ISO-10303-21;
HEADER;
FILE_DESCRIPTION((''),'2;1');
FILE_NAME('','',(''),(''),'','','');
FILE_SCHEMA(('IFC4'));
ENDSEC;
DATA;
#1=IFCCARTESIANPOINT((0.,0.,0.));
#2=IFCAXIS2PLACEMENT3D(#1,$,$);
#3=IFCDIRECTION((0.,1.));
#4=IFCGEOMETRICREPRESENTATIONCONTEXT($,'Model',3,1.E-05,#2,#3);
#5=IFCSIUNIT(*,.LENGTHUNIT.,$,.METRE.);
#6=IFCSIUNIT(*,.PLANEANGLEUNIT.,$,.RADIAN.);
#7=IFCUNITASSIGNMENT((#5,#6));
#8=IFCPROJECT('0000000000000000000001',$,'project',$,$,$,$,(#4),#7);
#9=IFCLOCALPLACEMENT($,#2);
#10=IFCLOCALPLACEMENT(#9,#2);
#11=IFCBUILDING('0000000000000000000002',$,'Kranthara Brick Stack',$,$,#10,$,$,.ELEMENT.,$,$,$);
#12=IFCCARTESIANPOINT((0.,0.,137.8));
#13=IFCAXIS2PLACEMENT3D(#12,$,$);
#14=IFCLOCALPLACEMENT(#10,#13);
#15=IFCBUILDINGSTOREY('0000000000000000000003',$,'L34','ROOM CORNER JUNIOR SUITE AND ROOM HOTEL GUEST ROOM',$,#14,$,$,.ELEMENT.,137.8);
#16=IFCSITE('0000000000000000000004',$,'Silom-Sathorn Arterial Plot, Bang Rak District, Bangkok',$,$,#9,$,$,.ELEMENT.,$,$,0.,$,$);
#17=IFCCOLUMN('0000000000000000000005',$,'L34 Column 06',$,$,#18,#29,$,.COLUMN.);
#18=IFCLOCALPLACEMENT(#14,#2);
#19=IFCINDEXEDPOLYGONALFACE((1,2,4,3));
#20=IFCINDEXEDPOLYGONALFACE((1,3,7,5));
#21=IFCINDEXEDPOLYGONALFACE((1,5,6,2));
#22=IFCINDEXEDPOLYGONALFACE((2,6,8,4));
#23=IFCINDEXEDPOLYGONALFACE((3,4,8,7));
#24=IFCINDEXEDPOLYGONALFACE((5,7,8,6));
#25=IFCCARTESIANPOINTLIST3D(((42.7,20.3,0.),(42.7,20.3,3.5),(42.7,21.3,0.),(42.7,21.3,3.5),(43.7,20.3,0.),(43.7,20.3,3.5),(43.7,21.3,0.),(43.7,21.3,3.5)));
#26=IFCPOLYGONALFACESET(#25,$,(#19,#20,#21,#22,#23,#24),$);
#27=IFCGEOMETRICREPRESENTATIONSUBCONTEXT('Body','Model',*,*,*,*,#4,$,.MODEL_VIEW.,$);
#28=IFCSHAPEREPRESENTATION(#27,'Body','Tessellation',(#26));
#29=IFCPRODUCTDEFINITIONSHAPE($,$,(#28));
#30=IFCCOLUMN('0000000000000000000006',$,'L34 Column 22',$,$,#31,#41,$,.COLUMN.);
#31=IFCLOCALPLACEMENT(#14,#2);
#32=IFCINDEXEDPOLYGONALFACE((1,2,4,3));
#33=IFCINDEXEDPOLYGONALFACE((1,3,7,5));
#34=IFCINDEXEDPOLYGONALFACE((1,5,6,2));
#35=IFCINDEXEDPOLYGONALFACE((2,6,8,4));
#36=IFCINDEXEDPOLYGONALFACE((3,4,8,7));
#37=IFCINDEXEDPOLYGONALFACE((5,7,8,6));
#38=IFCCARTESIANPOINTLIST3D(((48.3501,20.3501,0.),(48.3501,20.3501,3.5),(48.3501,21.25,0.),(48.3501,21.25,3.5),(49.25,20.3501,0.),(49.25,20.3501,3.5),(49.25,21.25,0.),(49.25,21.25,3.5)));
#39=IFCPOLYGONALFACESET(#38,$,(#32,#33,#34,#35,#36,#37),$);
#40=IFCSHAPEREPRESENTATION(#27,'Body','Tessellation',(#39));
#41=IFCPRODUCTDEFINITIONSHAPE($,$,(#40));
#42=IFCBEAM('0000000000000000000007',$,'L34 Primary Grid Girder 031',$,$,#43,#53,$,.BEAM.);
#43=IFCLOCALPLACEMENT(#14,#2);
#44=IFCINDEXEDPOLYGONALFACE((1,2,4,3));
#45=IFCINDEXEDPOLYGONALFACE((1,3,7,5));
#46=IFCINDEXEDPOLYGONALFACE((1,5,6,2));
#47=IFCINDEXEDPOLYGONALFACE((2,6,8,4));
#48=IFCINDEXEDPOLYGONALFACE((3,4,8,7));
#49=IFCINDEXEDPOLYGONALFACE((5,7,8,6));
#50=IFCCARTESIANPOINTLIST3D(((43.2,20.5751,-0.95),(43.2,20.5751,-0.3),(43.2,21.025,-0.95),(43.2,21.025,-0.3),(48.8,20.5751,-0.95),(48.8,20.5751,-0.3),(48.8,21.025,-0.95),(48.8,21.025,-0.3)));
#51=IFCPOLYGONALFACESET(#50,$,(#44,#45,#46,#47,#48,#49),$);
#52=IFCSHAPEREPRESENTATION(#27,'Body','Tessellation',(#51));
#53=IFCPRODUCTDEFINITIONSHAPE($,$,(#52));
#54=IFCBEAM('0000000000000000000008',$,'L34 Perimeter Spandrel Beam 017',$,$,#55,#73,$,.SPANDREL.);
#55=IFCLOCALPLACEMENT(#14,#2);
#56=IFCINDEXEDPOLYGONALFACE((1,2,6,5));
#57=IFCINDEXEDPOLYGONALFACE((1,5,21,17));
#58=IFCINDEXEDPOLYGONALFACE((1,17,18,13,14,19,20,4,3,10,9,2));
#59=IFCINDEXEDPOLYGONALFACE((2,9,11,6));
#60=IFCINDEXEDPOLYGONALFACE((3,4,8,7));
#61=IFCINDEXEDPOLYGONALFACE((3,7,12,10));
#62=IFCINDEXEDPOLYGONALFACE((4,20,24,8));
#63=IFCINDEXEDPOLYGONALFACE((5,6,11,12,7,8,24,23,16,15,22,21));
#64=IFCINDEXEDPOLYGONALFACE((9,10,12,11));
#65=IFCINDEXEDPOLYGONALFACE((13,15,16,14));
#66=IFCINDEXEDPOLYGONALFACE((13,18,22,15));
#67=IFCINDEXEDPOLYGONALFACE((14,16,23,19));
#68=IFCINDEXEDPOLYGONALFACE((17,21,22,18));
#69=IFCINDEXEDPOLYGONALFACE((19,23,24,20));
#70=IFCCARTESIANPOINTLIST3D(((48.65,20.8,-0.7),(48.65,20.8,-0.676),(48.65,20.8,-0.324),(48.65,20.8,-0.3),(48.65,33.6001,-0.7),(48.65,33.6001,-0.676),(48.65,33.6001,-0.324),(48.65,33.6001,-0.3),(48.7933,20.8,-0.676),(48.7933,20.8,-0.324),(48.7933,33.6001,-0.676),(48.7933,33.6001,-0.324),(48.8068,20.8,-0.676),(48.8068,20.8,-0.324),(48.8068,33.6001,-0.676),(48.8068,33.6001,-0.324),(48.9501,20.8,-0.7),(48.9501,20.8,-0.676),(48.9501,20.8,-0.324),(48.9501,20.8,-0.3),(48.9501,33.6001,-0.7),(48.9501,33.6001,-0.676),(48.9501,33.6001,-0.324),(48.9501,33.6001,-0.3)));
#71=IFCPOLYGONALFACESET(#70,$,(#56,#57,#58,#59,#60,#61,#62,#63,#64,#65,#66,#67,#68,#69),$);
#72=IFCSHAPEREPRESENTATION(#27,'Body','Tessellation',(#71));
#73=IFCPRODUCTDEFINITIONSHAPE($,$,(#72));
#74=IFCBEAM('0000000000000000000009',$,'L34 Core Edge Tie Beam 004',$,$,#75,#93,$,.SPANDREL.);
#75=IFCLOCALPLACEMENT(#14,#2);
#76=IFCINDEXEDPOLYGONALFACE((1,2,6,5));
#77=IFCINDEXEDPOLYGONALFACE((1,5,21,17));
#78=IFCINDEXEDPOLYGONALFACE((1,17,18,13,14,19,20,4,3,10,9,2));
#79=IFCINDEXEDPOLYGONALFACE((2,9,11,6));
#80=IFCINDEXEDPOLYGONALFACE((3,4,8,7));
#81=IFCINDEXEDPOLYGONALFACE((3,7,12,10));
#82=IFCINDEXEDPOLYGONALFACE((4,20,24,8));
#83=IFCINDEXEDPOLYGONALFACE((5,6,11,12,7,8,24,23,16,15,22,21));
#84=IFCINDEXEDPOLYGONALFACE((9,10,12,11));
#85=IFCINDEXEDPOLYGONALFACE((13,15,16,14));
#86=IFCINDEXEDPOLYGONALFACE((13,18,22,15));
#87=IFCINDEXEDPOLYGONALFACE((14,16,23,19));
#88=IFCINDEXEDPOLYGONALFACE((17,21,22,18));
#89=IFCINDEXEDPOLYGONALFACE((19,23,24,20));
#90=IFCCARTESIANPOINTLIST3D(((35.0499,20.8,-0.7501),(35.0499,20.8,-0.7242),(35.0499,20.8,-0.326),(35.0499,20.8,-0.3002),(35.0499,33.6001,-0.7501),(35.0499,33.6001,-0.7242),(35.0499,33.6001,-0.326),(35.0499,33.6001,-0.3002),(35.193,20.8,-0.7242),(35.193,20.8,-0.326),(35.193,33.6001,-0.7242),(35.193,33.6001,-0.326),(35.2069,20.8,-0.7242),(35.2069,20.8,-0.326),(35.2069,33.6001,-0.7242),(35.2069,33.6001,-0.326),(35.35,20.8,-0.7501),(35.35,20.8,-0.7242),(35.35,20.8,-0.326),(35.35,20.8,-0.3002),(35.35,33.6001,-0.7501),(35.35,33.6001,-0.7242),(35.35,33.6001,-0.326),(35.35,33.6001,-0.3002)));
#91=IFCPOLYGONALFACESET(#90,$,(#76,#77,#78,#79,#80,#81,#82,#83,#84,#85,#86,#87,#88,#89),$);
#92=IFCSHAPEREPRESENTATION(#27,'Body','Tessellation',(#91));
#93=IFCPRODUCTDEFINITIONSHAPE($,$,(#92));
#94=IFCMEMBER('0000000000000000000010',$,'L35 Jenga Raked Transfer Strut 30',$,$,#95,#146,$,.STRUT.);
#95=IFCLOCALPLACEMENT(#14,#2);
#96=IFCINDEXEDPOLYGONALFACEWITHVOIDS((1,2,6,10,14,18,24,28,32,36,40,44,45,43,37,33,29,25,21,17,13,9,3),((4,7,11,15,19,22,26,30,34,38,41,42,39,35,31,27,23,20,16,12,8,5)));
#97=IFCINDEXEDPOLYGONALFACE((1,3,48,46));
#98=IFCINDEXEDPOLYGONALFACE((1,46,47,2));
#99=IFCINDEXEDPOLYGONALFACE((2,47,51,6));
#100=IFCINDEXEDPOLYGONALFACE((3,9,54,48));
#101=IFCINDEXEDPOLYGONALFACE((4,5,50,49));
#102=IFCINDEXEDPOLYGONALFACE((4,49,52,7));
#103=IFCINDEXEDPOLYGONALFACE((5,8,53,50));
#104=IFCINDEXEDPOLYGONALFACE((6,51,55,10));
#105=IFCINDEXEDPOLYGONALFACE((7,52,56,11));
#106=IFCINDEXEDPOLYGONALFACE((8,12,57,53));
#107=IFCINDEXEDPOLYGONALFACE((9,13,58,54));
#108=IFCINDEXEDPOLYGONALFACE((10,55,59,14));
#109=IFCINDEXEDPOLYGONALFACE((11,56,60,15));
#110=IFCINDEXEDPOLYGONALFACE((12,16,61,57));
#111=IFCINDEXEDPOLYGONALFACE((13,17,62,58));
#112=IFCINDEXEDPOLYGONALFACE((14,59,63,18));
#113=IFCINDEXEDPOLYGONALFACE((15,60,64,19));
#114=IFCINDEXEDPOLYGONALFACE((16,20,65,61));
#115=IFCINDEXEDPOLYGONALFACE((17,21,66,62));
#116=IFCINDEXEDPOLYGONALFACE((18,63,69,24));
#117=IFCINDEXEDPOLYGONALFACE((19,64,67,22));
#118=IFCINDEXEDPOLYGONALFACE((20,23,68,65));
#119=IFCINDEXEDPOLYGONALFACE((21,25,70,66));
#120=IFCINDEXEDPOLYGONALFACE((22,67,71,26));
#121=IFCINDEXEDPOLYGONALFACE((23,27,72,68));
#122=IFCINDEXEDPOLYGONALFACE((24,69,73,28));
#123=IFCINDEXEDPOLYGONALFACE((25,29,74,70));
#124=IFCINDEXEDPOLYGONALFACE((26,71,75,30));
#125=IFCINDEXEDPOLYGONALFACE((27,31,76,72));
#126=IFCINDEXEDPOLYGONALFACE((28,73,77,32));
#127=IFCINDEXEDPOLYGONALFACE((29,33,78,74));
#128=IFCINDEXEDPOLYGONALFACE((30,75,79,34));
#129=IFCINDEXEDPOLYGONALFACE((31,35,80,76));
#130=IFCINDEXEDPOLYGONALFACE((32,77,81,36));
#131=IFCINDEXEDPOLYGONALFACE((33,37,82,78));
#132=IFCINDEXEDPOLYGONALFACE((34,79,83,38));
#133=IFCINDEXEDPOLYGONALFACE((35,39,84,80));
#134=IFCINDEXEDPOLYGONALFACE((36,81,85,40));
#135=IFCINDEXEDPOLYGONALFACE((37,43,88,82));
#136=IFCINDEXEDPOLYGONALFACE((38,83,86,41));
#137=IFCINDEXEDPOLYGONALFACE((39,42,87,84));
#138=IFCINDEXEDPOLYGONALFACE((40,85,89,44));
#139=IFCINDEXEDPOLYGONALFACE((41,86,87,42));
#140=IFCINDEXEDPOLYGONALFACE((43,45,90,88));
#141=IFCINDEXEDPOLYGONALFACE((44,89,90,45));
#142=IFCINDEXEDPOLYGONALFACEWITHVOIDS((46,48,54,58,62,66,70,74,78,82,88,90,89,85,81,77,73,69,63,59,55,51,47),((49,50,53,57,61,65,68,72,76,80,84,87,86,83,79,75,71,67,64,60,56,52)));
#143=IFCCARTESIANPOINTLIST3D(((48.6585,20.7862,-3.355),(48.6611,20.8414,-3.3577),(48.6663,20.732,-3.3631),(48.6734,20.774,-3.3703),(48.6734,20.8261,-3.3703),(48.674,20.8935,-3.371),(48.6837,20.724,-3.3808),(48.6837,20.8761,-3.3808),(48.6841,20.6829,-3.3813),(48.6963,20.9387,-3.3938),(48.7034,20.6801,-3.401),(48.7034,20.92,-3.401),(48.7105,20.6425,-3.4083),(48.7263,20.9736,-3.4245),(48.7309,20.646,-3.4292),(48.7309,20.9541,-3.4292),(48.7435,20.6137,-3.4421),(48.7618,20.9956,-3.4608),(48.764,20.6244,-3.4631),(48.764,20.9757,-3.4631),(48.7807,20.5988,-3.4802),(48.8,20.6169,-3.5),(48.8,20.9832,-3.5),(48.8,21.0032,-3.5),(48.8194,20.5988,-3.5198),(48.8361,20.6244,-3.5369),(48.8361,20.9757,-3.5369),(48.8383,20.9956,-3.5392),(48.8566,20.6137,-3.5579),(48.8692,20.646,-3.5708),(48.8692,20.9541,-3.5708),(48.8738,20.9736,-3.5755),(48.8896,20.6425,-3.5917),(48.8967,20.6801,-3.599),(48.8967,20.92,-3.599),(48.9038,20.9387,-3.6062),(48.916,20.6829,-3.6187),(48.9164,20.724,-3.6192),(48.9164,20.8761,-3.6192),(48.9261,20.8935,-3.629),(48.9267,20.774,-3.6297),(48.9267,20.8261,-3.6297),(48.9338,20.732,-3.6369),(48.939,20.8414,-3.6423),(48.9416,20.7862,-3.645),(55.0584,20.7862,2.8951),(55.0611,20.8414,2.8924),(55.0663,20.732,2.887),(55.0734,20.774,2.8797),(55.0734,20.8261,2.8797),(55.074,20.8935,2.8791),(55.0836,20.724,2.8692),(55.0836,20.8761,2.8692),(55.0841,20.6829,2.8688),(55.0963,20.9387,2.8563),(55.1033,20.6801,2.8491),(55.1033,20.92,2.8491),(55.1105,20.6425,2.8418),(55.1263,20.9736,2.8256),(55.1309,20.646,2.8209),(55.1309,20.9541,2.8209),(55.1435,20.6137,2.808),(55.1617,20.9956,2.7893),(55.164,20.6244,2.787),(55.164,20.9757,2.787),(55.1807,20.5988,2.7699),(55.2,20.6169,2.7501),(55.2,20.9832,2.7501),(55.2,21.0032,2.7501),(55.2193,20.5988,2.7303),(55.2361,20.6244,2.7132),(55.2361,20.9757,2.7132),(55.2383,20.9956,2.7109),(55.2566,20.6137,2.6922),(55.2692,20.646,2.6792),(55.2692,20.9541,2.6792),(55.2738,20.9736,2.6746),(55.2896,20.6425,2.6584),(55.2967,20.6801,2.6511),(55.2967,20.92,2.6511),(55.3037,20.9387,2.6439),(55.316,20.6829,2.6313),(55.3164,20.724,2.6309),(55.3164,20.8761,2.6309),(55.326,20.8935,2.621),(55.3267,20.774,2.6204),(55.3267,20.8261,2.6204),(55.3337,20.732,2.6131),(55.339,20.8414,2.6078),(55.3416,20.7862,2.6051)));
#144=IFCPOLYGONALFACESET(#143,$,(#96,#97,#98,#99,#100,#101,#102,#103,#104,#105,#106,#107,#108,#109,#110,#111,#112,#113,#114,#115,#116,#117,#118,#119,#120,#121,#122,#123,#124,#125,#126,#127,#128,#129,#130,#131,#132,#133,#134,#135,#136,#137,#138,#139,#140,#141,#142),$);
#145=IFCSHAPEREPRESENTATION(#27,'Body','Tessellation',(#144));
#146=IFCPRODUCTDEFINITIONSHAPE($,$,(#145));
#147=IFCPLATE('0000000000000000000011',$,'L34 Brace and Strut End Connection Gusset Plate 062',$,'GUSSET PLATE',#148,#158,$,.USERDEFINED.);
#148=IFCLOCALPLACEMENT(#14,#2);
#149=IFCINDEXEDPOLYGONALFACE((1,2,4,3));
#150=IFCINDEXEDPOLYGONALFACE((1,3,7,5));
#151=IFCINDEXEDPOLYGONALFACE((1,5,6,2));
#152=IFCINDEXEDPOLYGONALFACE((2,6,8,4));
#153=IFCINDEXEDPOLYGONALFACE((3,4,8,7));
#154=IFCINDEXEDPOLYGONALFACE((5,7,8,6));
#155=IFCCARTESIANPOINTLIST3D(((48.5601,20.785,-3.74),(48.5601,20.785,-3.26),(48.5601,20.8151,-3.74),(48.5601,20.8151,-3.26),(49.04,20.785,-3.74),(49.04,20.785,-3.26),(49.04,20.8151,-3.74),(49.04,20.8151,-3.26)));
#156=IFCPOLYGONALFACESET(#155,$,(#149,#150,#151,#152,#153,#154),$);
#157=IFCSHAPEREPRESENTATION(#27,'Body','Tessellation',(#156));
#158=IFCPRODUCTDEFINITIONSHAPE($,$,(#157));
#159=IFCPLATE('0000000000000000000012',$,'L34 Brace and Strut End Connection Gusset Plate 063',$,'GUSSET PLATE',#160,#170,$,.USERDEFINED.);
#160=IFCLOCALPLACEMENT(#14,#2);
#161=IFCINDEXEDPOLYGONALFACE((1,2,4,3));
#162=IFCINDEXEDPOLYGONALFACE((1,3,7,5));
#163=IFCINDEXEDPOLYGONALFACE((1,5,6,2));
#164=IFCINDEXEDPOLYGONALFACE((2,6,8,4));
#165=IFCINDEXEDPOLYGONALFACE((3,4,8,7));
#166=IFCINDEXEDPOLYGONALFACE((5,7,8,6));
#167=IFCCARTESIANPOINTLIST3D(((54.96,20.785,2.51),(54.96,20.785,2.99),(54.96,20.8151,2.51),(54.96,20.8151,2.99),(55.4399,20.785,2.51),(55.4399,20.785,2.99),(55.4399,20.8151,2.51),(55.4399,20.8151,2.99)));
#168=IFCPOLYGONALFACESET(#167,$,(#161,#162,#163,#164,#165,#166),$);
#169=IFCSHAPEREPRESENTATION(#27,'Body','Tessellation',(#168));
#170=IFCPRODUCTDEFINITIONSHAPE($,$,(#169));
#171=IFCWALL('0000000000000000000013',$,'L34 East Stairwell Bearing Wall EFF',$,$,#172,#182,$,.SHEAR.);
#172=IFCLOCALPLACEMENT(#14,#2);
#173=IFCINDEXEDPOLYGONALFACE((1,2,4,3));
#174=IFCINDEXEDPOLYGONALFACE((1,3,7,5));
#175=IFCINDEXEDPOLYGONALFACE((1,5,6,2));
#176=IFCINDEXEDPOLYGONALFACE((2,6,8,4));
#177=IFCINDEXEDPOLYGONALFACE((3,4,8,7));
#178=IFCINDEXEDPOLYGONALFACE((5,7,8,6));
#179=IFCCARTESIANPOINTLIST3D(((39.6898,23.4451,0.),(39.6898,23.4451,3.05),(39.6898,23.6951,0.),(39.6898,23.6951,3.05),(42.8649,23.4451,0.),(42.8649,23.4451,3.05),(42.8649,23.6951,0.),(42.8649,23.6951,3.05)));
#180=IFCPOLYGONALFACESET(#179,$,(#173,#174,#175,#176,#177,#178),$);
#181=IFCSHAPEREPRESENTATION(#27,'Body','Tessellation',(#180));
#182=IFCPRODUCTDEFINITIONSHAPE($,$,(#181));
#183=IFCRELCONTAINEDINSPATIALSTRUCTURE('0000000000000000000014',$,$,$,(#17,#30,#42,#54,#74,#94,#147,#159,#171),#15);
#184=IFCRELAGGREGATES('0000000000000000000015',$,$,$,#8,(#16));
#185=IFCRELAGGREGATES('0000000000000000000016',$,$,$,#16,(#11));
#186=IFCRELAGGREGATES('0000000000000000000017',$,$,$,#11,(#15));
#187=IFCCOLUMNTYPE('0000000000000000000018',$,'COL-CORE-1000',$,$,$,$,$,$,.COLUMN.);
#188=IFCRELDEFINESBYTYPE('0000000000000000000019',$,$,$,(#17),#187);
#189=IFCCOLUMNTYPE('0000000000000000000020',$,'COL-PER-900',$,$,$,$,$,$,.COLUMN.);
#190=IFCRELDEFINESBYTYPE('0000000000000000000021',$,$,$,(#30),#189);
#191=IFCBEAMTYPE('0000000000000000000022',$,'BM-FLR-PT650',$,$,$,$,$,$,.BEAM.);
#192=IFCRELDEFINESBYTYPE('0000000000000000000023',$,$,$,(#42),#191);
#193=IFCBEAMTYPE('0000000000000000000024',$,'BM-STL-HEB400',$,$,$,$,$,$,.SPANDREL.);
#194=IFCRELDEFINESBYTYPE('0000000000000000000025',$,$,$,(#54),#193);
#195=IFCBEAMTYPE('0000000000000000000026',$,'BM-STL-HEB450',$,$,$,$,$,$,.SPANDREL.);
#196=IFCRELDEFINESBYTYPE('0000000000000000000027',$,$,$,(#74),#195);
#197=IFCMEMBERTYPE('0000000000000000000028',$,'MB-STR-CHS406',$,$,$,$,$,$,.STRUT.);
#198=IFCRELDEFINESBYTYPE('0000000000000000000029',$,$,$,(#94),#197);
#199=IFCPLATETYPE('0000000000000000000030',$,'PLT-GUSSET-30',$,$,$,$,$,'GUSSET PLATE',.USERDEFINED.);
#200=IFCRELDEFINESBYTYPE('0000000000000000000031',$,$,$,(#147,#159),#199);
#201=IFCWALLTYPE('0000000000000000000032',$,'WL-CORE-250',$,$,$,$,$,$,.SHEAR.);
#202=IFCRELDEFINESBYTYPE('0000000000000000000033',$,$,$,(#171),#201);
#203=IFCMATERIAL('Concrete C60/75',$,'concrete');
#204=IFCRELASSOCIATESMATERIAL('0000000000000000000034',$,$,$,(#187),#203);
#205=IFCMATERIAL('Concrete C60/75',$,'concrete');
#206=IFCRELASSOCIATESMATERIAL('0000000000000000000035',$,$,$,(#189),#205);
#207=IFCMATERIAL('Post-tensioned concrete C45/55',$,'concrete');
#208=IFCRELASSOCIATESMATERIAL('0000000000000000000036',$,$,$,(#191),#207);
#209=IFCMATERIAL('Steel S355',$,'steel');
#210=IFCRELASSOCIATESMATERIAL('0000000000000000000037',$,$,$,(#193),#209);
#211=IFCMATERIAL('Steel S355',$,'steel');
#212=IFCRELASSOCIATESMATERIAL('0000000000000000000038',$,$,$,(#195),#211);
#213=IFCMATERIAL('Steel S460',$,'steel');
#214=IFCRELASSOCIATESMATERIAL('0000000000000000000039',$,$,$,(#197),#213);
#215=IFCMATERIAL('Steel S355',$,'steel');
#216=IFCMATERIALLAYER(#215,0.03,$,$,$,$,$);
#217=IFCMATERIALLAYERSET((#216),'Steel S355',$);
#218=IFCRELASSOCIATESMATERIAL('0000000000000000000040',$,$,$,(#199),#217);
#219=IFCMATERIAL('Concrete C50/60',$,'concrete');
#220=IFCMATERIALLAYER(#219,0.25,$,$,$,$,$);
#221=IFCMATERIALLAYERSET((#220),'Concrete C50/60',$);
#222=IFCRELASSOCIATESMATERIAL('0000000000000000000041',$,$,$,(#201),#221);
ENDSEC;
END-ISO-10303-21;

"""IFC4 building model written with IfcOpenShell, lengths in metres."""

from ifc_helpers import new_model, si_unit, direction, frame, frame_2d, origin, origin_2d, place, context, subcontext, project, spatial, rectangle, hollow_circle, i_section, extrude, material, layer, layer_set, material_profile, profile_set, type_object, element, save


model = new_model("IFC4")

# Units and contexts
model_context = context("Model", 3, precision=1e-05, world=origin(), true_north=direction((0.0, 1.0)))
body_context = subcontext(model_context, "Body", "Model", "MODEL_VIEW")
ifc_project = project(units=[si_unit("LENGTHUNIT", "METRE"), si_unit("PLANEANGLEUNIT", "RADIAN")], contexts=[model_context])

# Site, building, storey
site_placement = place(None, origin())
site = spatial("IfcSite", under=ifc_project, at=site_placement, Name="Silom-Sathorn Arterial Plot, Bang Rak District, Bangkok", CompositionType="ELEMENT", RefElevation=0.0)
building_placement = place(site_placement, origin())
building = spatial("IfcBuilding", under=site, at=building_placement, Name="Kranthara Brick Stack", CompositionType="ELEMENT")
storey_placement = place(building_placement, frame((0.0, 0.0, 137.8)))
storey = spatial("IfcBuildingStorey", under=building, at=storey_placement, Name="L34", Description="ROOM CORNER JUNIOR SUITE AND ROOM HOTEL GUEST ROOM", CompositionType="ELEMENT", Elevation=137.8)

# Columns
ifc_material_1 = material(Name="Concrete C60/75", Category="concrete")
ifc_material_profile_1 = material_profile(ifc_material_1, rectangle(XDim=1.0, YDim=1.0, at=origin_2d()), Name="RC 1000x1000")
ifc_profile_set_1 = profile_set([ifc_material_profile_1], Name="Concrete C60/75")
column_type_1 = type_object("IfcColumnType", Name="COL-CORE-1000", PredefinedType="COLUMN", material=ifc_profile_set_1)
column_1_placement = place(storey_placement, frame((43.2, 20.8, 0.0), z_axis=(0.0, 0.0, 1.0), x_axis=(1.0, 0.0, 0.0)))
element("IfcColumn", 1, at=column_1_placement, inside=storey, type_object=column_type_1, Name="L34 Column 06", PredefinedType="COLUMN", context=body_context, shape_type="SweptSolid", body=[
    extrude(rectangle(XDim=1.0, YDim=1.0, at=origin_2d()), origin(), (0.0, 0.0, 1.0), 3.5),
])
ifc_material_2 = material(Name="Concrete C60/75", Category="concrete")
ifc_material_profile_2 = material_profile(ifc_material_2, rectangle(XDim=0.8999, YDim=0.8999, at=origin_2d()), Name="RC 900x900")
ifc_profile_set_2 = profile_set([ifc_material_profile_2], Name="Concrete C60/75")
column_type_2 = type_object("IfcColumnType", Name="COL-PER-900", PredefinedType="COLUMN", material=ifc_profile_set_2)
column_2_placement = place(storey_placement, frame((48.8, 20.8, 0.0), z_axis=(0.0, 0.0, 1.0), x_axis=(1.0, 0.0, 0.0)))
element("IfcColumn", 2, at=column_2_placement, inside=storey, type_object=column_type_2, Name="L34 Column 22", PredefinedType="COLUMN", context=body_context, shape_type="SweptSolid", body=[
    extrude(rectangle(XDim=0.8999, YDim=0.8999, at=origin_2d()), origin(), (0.0, 0.0, 1.0), 3.5),
])

# Beams
ifc_material_3 = material(Name="Post-tensioned concrete C45/55", Category="concrete")
ifc_material_profile_3 = material_profile(ifc_material_3, rectangle(XDim=0.45, YDim=0.6499, at=origin_2d()), Name="PT 450x650")
ifc_profile_set_3 = profile_set([ifc_material_profile_3], Name="Post-tensioned concrete C45/55")
beam_type_1 = type_object("IfcBeamType", Name="BM-FLR-PT650", PredefinedType="BEAM", material=ifc_profile_set_3)
beam_1_placement = place(storey_placement, frame((43.2, 20.8, -0.625), z_axis=(1.0, 0.0, 0.0), x_axis=(0.0, 1.0, 0.0)))
element("IfcBeam", 3, at=beam_1_placement, inside=storey, type_object=beam_type_1, Name="L34 Primary Grid Girder 031", PredefinedType="BEAM", context=body_context, shape_type="SweptSolid", body=[
    extrude(rectangle(XDim=0.45, YDim=0.6499, at=origin_2d()), origin(), (0.0, 0.0, 1.0), 5.6001),
])
ifc_material_4 = material(Name="Steel S355", Category="steel")
ifc_material_profile_4 = material_profile(ifc_material_4, i_section(OverallWidth=0.3, OverallDepth=0.3999, WebThickness=0.0134, FlangeThickness=0.0239, at=origin_2d()), Name="HEB 400")
ifc_profile_set_4 = profile_set([ifc_material_profile_4], Name="Steel S355")
beam_type_2 = type_object("IfcBeamType", Name="BM-STL-HEB400", PredefinedType="SPANDREL", material=ifc_profile_set_4)
beam_2_placement = place(storey_placement, frame((48.8, 20.8, -0.5), z_axis=(0.0, 1.0, 0.0), x_axis=(-1.0, 0.0, 0.0)))
element("IfcBeam", 4, at=beam_2_placement, inside=storey, type_object=beam_type_2, Name="L34 Perimeter Spandrel Beam 017", PredefinedType="SPANDREL", context=body_context, shape_type="SweptSolid", body=[
    extrude(i_section(OverallWidth=0.3, OverallDepth=0.3999, WebThickness=0.0134, FlangeThickness=0.0239, at=origin_2d()), origin(), (0.0, 0.0, 1.0), 12.8),
])
ifc_material_5 = material(Name="Steel S355", Category="steel")
ifc_material_profile_5 = material_profile(ifc_material_5, i_section(OverallWidth=0.3, OverallDepth=0.45, WebThickness=0.0139, FlangeThickness=0.0259, at=origin_2d()), Name="HEB 450")
ifc_profile_set_5 = profile_set([ifc_material_profile_5], Name="Steel S355")
beam_type_3 = type_object("IfcBeamType", Name="BM-STL-HEB450", PredefinedType="SPANDREL", material=ifc_profile_set_5)
beam_3_placement = place(storey_placement, frame((35.2, 20.8, -0.5251), z_axis=(0.0, 1.0, 0.0), x_axis=(-1.0, 0.0, 0.0)))
element("IfcBeam", 5, at=beam_3_placement, inside=storey, type_object=beam_type_3, Name="L34 Core Edge Tie Beam 004", PredefinedType="SPANDREL", context=body_context, shape_type="SweptSolid", body=[
    extrude(i_section(OverallWidth=0.3, OverallDepth=0.45, WebThickness=0.0139, FlangeThickness=0.0259, at=origin_2d()), origin(), (0.0, 0.0, 1.0), 12.8),
])

# Member
ifc_material_6 = material(Name="Steel S460", Category="steel")
ifc_material_profile_6 = material_profile(ifc_material_6, hollow_circle(Radius=0.2031, WallThickness=0.02, at=origin_2d()), Name="CHS 406.4x20")
ifc_profile_set_6 = profile_set([ifc_material_profile_6], Name="Steel S460")
member_type = type_object("IfcMemberType", Name="MB-STR-CHS406", PredefinedType="STRUT", material=ifc_profile_set_6)
member_placement = place(storey_placement, frame((48.8, 20.8, -3.5), z_axis=(0.715436, 0.0, 0.698678), x_axis=(0.0, 1.0, 0.0)))
element("IfcMember", 6, at=member_placement, inside=storey, type_object=member_type, Name="L35 Jenga Raked Transfer Strut 30", PredefinedType="STRUT", context=body_context, shape_type="SweptSolid", body=[
    extrude(hollow_circle(Radius=0.2031, WallThickness=0.02, at=origin_2d()), origin(), (0.0, 0.0, 1.0), 8.9456),
])

# Plates
ifc_material_7 = material(Name="Steel S355", Category="steel")
ifc_layer_1 = layer(ifc_material_7, 0.03)
ifc_layer_set_1 = layer_set([ifc_layer_1], Name="Steel S355")
plate_type = type_object("IfcPlateType", Name="PLT-GUSSET-30", ElementType="GUSSET PLATE", PredefinedType="USERDEFINED", material=ifc_layer_set_1)
for number, where, z_axis, x_axis, name in (
    (7, (48.8, 20.8, -3.74), (0.0, 0.0, 1.0), (1.0, 0.0, 0.0), "L34 Brace and Strut End Connection Gusset Plate 062"),
    (8, (55.2, 20.8, 2.51), (0.0, 0.0, 1.0), (1.0, 0.0, 0.0), "L34 Brace and Strut End Connection Gusset Plate 063"),
):
    element("IfcPlate", number, at=place(storey_placement, frame(where, z_axis=z_axis, x_axis=x_axis)), inside=storey, type_object=plate_type, Name=name, ObjectType="GUSSET PLATE", PredefinedType="USERDEFINED", context=body_context, shape_type="SweptSolid", body=[
        extrude(rectangle(XDim=0.48, YDim=0.03, at=origin_2d()), origin(), (0.0, 0.0, 1.0), 0.48),
    ])

# Shared definitions
ifc_material_8 = material(Name="Concrete C50/60", Category="concrete")
ifc_layer_2 = layer(ifc_material_8, 0.25)
ifc_layer_set_2 = layer_set([ifc_layer_2], Name="Concrete C50/60")
wall_type_1 = type_object("IfcWallType", Name="WL-CORE-250", PredefinedType="SHEAR", material=ifc_layer_set_2)

# Wall
wall_1_placement = place(storey_placement, frame((39.6899, 23.5701, 0.0), z_axis=(0.0, 0.0, 1.0), x_axis=(1.0, 0.0, 0.0)))
element("IfcWall", 9, at=wall_1_placement, inside=storey, type_object=wall_type_1, Name="L34 East Stairwell Bearing Wall EFF", PredefinedType="SHEAR", context=body_context, shape_type="SweptSolid", body=[
    extrude(rectangle(XDim=3.175, YDim=0.25, at=frame_2d((1.5874, 0.0))), origin(), (0.0, 0.0, 1.0), 3.05),
])

save(model, "model.ifc")
